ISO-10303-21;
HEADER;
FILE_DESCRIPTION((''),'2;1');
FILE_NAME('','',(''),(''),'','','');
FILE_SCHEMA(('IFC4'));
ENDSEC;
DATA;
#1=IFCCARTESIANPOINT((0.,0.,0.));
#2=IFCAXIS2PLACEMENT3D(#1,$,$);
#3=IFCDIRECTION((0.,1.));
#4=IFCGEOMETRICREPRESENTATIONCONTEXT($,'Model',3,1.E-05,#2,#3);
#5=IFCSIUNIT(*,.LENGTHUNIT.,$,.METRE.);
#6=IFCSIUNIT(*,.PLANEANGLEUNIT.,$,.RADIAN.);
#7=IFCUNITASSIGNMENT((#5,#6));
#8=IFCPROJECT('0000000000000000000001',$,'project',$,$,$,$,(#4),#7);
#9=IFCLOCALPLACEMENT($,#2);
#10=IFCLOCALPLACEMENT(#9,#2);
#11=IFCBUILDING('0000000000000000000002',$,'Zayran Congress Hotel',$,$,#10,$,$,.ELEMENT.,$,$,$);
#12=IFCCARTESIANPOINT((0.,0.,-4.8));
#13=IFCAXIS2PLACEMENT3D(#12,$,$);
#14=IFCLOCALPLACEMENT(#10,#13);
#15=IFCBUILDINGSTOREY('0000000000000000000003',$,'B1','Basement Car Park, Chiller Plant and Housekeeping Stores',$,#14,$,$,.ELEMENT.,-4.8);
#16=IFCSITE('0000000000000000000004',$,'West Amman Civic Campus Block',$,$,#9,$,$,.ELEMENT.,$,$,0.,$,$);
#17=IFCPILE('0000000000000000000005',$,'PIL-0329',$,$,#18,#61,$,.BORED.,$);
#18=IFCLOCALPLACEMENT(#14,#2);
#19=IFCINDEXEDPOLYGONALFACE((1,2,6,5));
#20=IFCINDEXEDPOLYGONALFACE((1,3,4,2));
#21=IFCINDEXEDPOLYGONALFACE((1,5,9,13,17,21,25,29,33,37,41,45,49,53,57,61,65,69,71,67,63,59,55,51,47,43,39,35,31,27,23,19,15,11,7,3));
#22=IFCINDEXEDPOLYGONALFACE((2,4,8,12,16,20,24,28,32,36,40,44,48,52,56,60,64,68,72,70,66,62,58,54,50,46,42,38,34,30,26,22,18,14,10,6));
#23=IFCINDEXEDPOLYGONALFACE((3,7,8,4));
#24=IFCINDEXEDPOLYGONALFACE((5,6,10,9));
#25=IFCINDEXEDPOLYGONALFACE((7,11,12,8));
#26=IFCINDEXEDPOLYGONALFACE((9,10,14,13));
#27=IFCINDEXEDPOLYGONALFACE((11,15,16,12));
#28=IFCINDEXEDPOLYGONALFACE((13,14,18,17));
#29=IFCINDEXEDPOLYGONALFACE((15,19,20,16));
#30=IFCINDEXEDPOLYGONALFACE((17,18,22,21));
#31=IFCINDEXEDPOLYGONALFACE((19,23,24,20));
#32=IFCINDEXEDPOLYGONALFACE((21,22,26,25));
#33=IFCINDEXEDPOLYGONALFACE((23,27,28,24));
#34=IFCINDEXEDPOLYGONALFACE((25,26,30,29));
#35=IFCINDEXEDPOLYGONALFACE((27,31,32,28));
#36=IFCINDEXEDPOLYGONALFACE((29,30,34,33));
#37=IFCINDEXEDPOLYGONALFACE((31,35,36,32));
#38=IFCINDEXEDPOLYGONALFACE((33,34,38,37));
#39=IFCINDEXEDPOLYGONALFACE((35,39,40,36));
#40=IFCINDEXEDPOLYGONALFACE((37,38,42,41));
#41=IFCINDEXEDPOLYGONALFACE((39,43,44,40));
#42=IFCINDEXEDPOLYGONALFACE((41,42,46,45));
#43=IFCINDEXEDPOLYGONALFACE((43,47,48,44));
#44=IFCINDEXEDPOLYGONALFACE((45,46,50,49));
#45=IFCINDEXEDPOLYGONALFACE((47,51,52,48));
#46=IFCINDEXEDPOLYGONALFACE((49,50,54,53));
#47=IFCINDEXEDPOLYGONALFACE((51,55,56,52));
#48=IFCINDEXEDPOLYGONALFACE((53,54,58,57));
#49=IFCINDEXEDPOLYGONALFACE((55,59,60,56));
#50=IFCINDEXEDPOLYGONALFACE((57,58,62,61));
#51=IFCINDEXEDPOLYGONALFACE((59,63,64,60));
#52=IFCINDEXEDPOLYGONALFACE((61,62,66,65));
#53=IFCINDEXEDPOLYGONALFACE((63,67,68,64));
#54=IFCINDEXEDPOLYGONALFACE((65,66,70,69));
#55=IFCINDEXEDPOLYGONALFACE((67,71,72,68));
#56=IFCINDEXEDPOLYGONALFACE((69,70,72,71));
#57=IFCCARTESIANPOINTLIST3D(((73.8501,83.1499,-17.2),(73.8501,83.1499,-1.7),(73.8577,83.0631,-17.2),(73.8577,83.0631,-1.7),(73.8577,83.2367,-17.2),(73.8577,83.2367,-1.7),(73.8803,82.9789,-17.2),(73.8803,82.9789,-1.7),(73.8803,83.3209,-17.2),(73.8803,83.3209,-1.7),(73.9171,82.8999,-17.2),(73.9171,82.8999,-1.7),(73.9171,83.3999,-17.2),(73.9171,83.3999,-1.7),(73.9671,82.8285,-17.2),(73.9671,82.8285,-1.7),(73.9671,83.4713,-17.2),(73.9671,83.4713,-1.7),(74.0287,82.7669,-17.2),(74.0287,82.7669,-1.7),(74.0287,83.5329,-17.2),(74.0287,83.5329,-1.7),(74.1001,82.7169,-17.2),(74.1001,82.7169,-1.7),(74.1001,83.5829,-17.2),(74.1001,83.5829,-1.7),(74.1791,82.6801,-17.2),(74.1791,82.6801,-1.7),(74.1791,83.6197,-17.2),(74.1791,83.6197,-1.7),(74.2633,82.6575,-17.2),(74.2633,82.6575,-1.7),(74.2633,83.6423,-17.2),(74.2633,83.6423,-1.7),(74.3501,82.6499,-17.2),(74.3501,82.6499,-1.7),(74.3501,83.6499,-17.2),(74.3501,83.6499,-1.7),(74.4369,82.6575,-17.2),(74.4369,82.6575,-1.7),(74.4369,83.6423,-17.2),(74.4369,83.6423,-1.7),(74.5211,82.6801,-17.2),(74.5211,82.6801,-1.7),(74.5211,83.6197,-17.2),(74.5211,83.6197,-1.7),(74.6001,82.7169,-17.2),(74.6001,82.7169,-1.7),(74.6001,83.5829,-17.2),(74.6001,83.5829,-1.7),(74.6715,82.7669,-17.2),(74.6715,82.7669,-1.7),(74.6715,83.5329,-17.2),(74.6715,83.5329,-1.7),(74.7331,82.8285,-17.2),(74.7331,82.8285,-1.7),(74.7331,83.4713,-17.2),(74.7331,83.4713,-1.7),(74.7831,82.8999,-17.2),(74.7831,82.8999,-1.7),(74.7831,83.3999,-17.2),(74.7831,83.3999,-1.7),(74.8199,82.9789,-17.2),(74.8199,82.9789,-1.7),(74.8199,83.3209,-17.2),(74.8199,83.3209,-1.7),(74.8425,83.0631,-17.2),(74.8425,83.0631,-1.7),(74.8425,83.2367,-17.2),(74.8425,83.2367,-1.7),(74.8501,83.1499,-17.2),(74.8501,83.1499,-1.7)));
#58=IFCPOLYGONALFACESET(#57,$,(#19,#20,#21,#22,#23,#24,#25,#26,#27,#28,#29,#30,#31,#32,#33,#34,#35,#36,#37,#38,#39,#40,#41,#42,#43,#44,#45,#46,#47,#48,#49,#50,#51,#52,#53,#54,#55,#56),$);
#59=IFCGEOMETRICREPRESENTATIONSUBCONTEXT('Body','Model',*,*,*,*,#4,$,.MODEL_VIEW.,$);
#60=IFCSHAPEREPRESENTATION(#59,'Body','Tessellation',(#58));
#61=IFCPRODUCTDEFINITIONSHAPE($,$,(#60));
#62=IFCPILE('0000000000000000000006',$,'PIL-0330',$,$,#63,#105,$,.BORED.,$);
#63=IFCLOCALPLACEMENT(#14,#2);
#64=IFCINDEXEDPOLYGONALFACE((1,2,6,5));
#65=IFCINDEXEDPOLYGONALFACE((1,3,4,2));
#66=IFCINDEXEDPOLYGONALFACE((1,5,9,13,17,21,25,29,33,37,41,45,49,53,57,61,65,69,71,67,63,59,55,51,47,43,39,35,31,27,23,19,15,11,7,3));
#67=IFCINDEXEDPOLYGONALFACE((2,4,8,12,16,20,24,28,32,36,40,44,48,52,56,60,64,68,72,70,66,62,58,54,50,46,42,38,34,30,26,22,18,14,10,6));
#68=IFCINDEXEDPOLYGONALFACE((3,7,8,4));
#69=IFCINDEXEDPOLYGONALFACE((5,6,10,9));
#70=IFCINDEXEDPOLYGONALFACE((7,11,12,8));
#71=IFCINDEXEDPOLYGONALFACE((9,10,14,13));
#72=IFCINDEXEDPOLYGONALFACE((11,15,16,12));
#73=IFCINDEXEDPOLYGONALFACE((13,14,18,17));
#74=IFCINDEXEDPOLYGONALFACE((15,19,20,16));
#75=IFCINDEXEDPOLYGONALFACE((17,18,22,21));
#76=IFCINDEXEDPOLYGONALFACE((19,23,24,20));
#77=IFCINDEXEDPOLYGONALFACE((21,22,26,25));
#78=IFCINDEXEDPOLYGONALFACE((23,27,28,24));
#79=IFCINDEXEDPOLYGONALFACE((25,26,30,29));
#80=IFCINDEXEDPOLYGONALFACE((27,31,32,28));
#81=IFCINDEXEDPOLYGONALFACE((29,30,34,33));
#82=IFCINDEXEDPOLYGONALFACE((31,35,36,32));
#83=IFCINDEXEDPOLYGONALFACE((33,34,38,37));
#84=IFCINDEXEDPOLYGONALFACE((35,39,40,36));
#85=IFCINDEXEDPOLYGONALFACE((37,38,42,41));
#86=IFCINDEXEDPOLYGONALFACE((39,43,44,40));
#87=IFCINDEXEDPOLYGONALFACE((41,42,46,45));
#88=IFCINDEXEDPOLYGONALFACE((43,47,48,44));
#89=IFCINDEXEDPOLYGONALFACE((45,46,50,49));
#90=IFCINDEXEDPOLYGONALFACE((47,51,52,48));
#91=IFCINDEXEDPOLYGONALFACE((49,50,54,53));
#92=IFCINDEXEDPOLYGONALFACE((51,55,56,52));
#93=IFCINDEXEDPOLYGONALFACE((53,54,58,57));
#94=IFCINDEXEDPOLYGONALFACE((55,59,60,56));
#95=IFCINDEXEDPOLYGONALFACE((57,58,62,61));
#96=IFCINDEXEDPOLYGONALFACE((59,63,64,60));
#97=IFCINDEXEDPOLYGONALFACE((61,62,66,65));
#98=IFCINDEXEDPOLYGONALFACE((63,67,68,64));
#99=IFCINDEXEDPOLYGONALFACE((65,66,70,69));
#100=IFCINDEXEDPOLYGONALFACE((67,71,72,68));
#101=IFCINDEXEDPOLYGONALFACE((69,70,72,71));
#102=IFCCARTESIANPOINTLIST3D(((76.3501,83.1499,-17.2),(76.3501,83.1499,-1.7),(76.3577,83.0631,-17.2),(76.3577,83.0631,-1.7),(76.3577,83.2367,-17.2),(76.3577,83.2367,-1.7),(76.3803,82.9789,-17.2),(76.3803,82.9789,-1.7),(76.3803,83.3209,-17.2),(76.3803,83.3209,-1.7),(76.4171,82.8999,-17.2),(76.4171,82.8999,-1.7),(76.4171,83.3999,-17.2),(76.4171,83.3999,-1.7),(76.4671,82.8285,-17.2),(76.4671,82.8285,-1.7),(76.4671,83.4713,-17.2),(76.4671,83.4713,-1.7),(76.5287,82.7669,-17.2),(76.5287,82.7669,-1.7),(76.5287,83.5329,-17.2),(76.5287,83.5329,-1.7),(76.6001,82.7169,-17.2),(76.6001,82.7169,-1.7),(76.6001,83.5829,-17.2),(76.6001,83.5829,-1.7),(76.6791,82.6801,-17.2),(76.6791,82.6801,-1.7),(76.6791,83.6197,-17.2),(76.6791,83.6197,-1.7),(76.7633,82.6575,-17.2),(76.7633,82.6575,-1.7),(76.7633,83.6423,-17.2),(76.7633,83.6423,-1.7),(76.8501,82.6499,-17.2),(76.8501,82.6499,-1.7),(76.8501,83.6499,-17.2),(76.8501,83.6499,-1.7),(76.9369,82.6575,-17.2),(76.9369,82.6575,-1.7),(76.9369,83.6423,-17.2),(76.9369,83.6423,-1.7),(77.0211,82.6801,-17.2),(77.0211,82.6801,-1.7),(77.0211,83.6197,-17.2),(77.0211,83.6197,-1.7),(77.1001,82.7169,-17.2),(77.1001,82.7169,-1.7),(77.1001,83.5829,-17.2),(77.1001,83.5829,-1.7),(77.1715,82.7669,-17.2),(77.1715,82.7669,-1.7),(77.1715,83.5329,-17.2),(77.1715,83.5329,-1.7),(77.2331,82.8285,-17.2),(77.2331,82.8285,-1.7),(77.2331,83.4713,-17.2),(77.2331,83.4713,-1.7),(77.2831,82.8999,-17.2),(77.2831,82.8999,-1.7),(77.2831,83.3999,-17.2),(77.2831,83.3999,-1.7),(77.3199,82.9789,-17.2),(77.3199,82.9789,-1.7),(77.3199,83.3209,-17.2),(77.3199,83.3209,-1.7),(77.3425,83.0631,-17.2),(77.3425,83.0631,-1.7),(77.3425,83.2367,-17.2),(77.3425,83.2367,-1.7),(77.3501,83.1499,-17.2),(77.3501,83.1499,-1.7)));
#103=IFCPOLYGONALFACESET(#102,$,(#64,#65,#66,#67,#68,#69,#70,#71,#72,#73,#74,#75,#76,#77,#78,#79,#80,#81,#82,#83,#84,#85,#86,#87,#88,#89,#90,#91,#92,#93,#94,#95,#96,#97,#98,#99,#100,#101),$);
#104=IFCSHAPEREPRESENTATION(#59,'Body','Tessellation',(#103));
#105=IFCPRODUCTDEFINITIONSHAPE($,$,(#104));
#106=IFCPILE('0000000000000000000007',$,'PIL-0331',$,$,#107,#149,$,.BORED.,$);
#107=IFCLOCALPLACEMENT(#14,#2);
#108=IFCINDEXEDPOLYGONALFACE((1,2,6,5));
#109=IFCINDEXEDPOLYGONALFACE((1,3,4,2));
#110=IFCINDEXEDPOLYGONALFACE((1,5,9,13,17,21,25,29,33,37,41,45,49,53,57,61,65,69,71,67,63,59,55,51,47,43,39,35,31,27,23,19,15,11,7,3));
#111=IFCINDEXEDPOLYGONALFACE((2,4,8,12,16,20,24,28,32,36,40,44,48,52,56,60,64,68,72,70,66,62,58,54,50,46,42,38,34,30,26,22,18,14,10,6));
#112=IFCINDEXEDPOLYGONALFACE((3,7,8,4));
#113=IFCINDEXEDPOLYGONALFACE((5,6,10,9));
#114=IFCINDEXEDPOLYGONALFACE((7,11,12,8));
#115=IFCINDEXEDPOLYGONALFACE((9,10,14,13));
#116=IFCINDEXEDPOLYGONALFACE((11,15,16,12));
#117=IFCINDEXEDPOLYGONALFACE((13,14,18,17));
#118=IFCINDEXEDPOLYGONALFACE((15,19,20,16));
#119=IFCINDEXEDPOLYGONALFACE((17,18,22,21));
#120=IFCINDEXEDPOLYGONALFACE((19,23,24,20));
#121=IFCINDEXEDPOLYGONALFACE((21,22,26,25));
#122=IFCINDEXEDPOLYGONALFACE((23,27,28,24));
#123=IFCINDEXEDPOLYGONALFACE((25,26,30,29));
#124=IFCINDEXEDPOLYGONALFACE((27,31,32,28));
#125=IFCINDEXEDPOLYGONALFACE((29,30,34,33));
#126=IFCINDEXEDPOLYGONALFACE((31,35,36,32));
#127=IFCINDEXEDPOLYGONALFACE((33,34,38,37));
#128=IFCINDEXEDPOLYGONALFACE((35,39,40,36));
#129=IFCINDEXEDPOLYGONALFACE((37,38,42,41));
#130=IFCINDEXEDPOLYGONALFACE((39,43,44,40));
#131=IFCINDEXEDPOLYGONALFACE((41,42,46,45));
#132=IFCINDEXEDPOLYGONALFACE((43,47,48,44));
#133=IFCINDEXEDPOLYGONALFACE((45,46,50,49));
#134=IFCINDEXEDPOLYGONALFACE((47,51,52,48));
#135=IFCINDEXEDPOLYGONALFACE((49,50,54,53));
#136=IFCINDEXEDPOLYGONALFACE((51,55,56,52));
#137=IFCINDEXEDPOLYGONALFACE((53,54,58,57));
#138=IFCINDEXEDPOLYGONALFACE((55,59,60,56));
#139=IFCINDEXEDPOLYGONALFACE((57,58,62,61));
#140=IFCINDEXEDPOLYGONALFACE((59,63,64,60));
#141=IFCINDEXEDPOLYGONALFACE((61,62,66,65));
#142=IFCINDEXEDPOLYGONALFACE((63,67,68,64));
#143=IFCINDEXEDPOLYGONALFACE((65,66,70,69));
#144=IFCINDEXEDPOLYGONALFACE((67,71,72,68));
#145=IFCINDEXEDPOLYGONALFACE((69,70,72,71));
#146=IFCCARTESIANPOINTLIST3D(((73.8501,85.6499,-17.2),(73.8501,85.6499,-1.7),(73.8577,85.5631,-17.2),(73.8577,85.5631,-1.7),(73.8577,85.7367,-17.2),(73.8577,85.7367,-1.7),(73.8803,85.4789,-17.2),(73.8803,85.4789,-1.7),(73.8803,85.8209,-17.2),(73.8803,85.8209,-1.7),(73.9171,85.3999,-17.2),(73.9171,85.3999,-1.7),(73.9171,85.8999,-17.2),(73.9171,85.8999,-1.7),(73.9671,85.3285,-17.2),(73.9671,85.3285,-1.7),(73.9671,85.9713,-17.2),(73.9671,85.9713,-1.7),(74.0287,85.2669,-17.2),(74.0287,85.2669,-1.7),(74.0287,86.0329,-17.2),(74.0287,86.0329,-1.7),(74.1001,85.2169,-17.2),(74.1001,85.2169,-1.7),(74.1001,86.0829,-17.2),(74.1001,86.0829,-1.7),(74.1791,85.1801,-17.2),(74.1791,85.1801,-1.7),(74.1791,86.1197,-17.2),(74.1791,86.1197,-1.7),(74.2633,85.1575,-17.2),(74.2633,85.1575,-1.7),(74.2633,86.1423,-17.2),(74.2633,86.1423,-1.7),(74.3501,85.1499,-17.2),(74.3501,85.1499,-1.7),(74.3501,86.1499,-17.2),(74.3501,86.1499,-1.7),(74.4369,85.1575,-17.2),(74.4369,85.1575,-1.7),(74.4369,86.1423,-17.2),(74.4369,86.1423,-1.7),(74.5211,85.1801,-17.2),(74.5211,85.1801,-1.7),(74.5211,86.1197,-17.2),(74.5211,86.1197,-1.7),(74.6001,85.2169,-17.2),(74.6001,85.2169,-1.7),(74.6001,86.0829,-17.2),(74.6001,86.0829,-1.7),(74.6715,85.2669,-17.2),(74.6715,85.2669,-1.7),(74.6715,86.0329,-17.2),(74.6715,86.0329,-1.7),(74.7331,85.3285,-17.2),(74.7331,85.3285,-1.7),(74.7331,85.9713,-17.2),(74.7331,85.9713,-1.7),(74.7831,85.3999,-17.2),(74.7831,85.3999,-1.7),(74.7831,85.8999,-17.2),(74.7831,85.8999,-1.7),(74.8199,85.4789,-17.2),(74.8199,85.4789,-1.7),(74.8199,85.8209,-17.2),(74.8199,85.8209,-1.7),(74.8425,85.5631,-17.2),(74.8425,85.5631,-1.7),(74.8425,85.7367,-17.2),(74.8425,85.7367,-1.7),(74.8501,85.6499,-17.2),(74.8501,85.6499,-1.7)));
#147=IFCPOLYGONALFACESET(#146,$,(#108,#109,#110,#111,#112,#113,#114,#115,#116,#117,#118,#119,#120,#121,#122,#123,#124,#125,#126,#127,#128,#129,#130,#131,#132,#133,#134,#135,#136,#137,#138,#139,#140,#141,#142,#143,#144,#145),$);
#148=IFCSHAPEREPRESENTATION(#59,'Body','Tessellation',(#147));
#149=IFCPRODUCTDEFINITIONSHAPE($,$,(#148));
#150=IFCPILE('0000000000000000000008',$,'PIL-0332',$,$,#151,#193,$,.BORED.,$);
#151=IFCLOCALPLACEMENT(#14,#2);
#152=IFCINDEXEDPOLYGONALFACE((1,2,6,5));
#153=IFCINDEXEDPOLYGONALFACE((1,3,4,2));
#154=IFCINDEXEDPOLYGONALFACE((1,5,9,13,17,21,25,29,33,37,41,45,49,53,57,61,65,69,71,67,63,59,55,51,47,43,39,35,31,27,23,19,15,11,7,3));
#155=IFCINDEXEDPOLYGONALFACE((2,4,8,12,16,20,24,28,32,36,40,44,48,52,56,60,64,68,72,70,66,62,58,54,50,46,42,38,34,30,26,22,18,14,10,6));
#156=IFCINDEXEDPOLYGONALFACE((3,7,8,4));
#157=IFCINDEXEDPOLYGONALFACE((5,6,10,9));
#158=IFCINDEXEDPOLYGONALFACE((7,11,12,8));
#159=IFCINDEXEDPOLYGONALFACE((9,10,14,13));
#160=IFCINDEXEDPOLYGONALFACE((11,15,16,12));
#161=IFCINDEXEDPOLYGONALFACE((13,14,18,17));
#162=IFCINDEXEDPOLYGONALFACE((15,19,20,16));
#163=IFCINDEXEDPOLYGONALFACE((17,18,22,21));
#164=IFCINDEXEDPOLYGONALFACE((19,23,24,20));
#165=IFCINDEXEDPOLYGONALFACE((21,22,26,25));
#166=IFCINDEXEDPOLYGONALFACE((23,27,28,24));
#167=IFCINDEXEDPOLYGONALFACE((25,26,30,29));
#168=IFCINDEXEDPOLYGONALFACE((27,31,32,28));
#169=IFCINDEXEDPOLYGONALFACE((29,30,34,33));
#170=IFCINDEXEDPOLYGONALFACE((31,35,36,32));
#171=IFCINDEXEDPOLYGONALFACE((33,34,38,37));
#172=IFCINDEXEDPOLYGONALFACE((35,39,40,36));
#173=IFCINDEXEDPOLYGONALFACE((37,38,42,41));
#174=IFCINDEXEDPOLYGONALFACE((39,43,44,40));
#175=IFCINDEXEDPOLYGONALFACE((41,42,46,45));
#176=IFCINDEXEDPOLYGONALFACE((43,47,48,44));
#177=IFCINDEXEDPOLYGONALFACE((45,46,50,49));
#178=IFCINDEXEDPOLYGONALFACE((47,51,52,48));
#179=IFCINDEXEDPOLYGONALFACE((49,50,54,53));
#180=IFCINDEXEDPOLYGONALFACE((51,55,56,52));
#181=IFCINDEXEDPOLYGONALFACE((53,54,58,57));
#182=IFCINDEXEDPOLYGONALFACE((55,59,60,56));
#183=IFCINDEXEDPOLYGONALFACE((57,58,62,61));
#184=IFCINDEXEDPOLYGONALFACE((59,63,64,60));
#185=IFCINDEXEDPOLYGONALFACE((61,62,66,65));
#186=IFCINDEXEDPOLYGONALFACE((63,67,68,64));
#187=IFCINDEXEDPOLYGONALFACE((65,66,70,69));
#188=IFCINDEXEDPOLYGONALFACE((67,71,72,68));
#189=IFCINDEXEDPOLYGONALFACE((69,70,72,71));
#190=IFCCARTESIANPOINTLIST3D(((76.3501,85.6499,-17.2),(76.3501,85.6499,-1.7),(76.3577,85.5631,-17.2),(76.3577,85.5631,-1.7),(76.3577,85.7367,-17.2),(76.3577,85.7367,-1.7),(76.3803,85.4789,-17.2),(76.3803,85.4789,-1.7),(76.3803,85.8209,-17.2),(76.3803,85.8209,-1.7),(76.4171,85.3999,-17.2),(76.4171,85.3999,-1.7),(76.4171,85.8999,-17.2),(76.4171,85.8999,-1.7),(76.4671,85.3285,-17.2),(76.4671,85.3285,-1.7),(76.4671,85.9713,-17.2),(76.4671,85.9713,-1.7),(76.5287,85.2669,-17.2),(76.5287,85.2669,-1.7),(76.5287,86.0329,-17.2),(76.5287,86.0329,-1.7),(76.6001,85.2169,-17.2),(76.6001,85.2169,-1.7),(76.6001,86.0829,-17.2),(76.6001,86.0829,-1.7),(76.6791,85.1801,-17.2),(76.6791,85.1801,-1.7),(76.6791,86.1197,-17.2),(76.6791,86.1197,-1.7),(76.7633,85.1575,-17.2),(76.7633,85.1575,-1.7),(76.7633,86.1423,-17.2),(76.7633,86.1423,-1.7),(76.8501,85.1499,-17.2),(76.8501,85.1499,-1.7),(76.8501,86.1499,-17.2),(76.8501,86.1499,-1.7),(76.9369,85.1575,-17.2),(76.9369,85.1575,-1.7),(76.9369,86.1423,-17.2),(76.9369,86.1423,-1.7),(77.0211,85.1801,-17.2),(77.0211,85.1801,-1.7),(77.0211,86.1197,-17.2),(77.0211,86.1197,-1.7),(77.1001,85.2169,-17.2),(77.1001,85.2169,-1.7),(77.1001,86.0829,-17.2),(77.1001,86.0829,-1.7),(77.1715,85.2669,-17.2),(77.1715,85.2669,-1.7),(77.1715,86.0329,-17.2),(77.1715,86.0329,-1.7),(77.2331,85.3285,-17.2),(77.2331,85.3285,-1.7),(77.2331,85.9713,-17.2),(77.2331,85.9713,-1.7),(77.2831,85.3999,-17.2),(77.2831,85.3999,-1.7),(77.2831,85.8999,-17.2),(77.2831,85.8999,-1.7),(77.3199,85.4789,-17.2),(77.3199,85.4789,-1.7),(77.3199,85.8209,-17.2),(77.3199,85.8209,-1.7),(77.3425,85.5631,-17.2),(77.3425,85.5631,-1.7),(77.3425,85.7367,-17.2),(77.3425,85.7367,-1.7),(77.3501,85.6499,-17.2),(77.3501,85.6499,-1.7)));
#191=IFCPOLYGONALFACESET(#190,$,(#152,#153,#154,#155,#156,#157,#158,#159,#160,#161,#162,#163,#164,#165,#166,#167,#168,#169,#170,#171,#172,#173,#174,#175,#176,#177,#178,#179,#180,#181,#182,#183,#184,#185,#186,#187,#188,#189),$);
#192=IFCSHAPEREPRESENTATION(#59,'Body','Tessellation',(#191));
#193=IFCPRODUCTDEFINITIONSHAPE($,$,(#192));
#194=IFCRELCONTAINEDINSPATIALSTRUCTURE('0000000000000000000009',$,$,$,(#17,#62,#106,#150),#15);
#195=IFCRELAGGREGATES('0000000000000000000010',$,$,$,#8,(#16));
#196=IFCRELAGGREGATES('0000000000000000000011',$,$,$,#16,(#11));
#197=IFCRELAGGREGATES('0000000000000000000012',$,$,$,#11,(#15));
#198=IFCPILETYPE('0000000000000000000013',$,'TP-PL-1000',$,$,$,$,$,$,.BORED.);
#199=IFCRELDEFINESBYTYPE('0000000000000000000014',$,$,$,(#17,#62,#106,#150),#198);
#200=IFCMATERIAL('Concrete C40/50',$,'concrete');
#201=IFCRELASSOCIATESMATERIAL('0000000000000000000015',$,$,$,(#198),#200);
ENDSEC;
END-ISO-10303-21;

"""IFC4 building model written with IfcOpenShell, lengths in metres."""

from ifc_helpers import new_model, si_unit, direction, frame, origin, origin_2d, place, context, subcontext, project, spatial, circle, extrude, material, material_profile, profile_set, type_object, element, save


model = new_model("IFC4")

# Units and contexts
model_context = context("Model", 3, precision=1e-05, world=origin(), true_north=direction((0.0, 1.0)))
body_context = subcontext(model_context, "Body", "Model", "MODEL_VIEW")
ifc_project = project(units=[si_unit("LENGTHUNIT", "METRE"), si_unit("PLANEANGLEUNIT", "RADIAN")], contexts=[model_context])

# Site, building, storey
site_placement = place(None, origin())
site = spatial("IfcSite", under=ifc_project, at=site_placement, Name="West Amman Civic Campus Block", CompositionType="ELEMENT", RefElevation=0.0)
building_placement = place(site_placement, origin())
building = spatial("IfcBuilding", under=site, at=building_placement, Name="Zayran Congress Hotel", CompositionType="ELEMENT")
storey_placement = place(building_placement, frame((0.0, 0.0, -4.8)))
storey = spatial("IfcBuildingStorey", under=building, at=storey_placement, Name="B1", Description="Basement Car Park, Chiller Plant and Housekeeping Stores", CompositionType="ELEMENT", Elevation=-4.8)

# Piles
ifc_material_1 = material(Name="Concrete C40/50", Category="concrete")
ifc_material_profile_1 = material_profile(ifc_material_1, circle(Radius=0.5, at=origin_2d()), Name="PILE D1000")
ifc_profile_set_1 = profile_set([ifc_material_profile_1], Name="Concrete C40/50")
pile_type = type_object("IfcPileType", Name="TP-PL-1000", PredefinedType="BORED", material=ifc_profile_set_1)
for number, where, z_axis, x_axis, name in (
    (1, (74.3501, 83.1499, -1.7), (0.0, 0.0, -1.0), (1.0, 0.0, 0.0), "PIL-0329"),
    (2, (76.8501, 83.1499, -1.7), (0.0, 0.0, -1.0), (1.0, 0.0, 0.0), "PIL-0330"),
    (3, (74.3501, 85.6499, -1.7), (0.0, 0.0, -1.0), (1.0, 0.0, 0.0), "PIL-0331"),
    (4, (76.8501, 85.6499, -1.7), (0.0, 0.0, -1.0), (1.0, 0.0, 0.0), "PIL-0332"),
):
    element("IfcPile", number, at=place(storey_placement, frame(where, z_axis=z_axis, x_axis=x_axis)), inside=storey, type_object=pile_type, Name=name, PredefinedType="BORED", context=body_context, shape_type="SweptSolid", body=[
        extrude(circle(Radius=0.5, at=origin_2d()), origin(), (0.0, 0.0, 1.0), 15.5),
    ])

save(model, "model.ifc")
